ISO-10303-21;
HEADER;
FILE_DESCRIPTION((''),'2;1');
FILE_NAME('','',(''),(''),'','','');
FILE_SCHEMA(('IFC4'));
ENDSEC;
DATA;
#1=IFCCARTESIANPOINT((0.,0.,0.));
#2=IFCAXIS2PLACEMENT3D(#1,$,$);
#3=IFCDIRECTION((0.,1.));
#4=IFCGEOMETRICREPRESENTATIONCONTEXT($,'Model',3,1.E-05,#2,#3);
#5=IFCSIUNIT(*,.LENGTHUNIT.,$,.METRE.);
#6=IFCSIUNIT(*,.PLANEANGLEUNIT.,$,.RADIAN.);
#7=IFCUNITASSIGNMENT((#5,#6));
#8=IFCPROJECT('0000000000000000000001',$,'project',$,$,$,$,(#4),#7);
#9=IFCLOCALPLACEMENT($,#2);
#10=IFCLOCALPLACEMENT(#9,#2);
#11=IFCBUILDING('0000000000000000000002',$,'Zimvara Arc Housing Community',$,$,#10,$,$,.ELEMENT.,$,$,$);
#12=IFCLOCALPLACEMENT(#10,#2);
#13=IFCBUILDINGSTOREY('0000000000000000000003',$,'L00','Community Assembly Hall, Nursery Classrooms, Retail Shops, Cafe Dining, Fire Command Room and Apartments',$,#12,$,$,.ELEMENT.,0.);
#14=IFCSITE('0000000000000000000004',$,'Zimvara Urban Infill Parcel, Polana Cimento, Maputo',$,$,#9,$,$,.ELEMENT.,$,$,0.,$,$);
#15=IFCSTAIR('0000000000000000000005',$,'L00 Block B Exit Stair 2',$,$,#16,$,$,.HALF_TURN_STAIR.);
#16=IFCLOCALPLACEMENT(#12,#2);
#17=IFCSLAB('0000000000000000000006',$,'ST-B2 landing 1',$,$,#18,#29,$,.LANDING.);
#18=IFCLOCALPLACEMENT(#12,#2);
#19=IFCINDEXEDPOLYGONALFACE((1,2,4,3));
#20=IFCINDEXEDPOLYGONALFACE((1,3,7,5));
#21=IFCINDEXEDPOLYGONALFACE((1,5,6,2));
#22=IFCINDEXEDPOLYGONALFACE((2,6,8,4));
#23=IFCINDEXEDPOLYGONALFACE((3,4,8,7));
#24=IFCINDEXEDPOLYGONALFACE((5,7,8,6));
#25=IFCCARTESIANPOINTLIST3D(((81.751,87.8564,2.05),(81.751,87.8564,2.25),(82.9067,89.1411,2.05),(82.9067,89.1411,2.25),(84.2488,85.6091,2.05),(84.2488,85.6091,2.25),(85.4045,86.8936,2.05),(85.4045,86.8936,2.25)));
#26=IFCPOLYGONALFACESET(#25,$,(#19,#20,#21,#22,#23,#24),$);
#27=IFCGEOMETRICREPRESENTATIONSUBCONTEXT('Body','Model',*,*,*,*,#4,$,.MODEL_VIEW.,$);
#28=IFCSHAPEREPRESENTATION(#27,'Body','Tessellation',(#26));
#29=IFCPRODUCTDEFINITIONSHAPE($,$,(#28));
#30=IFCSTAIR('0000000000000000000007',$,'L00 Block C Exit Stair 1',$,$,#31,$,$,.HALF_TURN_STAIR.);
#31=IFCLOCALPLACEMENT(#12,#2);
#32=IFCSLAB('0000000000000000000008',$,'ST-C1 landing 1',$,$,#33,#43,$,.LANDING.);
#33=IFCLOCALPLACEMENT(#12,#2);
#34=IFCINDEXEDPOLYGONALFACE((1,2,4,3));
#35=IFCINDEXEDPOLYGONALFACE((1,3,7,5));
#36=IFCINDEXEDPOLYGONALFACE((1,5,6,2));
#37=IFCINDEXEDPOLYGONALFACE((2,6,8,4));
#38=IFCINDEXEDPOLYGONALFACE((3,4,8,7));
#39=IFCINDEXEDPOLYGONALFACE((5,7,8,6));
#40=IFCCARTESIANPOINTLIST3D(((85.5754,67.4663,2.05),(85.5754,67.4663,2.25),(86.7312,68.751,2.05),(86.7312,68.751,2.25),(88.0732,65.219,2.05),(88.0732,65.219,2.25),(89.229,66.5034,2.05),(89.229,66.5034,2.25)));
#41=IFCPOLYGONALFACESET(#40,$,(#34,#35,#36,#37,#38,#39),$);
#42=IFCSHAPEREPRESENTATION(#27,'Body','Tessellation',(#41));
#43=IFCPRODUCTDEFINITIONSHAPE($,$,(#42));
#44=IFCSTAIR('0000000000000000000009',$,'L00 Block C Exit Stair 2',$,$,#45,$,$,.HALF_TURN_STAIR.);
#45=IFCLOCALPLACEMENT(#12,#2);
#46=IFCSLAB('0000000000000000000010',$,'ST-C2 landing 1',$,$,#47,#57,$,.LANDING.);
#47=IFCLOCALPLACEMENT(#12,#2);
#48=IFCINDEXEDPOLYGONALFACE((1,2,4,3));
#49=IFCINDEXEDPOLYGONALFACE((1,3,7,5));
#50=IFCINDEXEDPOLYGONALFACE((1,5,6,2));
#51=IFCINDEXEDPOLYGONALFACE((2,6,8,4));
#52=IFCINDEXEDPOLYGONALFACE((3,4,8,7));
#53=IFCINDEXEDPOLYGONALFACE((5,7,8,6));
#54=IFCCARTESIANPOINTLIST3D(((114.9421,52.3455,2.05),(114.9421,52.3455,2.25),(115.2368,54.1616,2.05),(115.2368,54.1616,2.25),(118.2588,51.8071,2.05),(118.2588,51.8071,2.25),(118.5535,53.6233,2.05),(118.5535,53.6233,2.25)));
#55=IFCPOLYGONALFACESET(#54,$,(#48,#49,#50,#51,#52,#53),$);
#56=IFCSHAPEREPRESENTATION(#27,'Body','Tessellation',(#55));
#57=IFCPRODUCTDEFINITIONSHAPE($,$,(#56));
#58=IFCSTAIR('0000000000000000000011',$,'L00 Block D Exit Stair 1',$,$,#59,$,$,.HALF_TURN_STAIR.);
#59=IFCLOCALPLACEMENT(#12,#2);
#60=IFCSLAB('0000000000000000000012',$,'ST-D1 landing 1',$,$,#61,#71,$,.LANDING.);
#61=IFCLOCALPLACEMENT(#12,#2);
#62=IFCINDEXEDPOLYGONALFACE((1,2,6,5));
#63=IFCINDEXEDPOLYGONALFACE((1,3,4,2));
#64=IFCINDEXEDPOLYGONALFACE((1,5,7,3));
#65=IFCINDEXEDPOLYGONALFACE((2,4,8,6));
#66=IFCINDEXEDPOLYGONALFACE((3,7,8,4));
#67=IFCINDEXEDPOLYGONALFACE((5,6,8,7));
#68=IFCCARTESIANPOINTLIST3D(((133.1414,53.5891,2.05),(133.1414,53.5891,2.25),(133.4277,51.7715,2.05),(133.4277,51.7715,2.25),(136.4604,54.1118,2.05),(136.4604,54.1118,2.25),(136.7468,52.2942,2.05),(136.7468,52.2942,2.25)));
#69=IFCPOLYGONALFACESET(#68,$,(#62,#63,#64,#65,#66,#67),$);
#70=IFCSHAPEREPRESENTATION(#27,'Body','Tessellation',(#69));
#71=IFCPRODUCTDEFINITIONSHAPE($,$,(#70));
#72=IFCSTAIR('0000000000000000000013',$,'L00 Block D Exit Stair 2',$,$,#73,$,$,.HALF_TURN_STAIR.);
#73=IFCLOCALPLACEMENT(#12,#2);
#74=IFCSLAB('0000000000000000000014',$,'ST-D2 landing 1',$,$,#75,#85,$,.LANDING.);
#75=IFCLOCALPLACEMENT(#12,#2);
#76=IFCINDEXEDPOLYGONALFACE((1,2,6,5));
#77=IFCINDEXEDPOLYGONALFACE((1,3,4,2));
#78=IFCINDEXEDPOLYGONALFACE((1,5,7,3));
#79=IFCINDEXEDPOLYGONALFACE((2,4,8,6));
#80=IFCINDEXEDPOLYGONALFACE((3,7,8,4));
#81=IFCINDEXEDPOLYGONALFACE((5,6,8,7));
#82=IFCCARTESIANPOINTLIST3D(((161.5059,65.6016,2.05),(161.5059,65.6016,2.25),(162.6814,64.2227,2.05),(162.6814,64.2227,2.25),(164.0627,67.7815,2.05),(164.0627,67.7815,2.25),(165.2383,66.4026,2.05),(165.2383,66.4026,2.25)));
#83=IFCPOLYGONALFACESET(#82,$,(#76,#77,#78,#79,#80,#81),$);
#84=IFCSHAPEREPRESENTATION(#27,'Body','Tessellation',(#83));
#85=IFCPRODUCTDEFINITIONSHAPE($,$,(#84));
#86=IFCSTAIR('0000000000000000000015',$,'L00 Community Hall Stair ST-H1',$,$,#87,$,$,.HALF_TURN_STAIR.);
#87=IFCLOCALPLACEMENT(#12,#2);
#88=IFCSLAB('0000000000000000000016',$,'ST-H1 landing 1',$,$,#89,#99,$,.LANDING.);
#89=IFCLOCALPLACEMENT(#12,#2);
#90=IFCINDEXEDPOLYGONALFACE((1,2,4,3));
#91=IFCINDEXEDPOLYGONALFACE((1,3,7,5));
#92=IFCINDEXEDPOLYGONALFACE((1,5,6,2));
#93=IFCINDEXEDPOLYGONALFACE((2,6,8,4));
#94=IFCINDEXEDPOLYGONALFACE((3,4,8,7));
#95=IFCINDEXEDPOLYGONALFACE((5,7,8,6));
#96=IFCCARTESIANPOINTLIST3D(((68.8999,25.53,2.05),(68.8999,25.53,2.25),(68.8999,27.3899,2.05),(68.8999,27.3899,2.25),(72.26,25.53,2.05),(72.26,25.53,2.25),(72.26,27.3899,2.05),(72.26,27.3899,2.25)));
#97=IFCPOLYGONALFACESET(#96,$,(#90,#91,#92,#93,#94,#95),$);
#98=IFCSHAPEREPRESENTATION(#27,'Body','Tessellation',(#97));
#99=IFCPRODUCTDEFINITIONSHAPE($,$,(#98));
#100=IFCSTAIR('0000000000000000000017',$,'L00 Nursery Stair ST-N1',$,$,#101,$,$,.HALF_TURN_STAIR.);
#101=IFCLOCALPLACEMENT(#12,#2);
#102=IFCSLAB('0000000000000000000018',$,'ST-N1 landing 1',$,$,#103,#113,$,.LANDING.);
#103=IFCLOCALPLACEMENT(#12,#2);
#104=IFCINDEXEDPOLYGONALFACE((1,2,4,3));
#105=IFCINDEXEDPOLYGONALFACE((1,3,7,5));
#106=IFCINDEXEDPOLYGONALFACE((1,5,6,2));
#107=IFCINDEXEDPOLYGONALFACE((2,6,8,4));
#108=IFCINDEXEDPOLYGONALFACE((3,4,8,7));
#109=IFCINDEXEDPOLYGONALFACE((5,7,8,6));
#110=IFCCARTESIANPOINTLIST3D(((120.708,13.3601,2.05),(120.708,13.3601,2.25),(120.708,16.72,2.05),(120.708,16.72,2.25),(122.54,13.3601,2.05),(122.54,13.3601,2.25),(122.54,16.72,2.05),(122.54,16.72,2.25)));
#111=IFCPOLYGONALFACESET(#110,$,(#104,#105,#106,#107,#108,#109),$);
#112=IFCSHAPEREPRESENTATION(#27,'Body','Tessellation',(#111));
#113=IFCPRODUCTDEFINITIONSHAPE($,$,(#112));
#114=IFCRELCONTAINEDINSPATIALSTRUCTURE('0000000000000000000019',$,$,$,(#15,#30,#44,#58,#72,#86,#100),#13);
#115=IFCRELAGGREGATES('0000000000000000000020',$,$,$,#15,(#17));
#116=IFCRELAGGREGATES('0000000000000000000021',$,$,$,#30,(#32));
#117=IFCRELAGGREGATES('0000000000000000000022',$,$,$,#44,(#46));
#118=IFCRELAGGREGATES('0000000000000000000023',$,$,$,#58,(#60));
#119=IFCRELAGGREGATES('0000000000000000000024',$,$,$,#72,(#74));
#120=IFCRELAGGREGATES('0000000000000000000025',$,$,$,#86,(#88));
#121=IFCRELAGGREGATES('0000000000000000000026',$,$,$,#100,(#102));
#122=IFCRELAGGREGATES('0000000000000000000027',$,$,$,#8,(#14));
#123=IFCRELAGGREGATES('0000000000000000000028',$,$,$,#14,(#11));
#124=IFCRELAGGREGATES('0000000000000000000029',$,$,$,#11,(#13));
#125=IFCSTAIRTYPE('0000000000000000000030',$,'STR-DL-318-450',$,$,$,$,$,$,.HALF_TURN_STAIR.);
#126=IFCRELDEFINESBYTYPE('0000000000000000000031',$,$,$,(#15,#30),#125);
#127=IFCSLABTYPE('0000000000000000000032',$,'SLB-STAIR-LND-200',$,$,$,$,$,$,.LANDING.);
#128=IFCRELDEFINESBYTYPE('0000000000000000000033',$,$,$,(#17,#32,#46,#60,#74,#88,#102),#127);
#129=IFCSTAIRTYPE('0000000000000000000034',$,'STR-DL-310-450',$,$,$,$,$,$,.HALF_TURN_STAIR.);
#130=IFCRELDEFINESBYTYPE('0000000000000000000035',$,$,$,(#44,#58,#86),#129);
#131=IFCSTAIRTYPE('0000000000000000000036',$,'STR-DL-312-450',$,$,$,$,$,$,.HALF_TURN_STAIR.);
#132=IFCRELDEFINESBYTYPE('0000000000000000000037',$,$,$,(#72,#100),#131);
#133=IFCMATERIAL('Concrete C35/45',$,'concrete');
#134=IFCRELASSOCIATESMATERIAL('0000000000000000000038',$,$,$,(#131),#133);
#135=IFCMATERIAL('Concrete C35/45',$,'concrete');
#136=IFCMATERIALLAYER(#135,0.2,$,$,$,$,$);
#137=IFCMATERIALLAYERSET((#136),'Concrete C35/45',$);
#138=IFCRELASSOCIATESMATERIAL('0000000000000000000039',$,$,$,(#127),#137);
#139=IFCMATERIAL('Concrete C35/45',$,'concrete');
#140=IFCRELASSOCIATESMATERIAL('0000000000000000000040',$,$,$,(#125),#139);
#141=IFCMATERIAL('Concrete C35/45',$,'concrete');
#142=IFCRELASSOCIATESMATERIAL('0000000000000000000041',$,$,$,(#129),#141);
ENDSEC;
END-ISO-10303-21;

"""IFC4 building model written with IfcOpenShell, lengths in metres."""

from ifc_helpers import new_model, si_unit, direction, frame, origin, place, context, subcontext, project, spatial, polyline, outline, extrude, material, layer, layer_set, type_object, element, aggregate, save


model = new_model("IFC4")

# Units and contexts
model_context = context("Model", 3, precision=1e-05, world=origin(), true_north=direction((0.0, 1.0)))
body_context = subcontext(model_context, "Body", "Model", "MODEL_VIEW")
ifc_project = project(units=[si_unit("LENGTHUNIT", "METRE"), si_unit("PLANEANGLEUNIT", "RADIAN")], contexts=[model_context])

# Site, building, storey
site_placement = place(None, origin())
site = spatial("IfcSite", under=ifc_project, at=site_placement, Name="Zimvara Urban Infill Parcel, Polana Cimento, Maputo", CompositionType="ELEMENT", RefElevation=0.0)
building_placement = place(site_placement, origin())
building = spatial("IfcBuilding", under=site, at=building_placement, Name="Zimvara Arc Housing Community", CompositionType="ELEMENT")
storey_placement = place(building_placement, origin())
storey = spatial("IfcBuildingStorey", under=building, at=storey_placement, Name="L00", Description="Community Assembly Hall, Nursery Classrooms, Retail Shops, Cafe Dining, Fire Command Room and Apartments", CompositionType="ELEMENT", Elevation=0.0)

# Stairs, slabs
ifc_material_1 = material(Name="Concrete C35/45", Category="concrete")
stair_type_1 = type_object("IfcStairType", Name="STR-DL-312-450", PredefinedType="HALF_TURN_STAIR", material=ifc_material_1)
ifc_material_2 = material(Name="Concrete C35/45", Category="concrete")
ifc_layer_1 = layer(ifc_material_2, 0.2)
ifc_layer_set_1 = layer_set([ifc_layer_1], Name="Concrete C35/45")
slab_type_1 = type_object("IfcSlabType", Name="SLB-STAIR-LND-200", PredefinedType="LANDING", material=ifc_layer_set_1)
ifc_material_3 = material(Name="Concrete C35/45", Category="concrete")
stair_type_2 = type_object("IfcStairType", Name="STR-DL-318-450", PredefinedType="HALF_TURN_STAIR", material=ifc_material_3)
stair_1_placement = place(storey_placement, origin())
stair_1 = element("IfcStair", 1, at=stair_1_placement, inside=storey, type_object=stair_type_2, Name="L00 Block B Exit Stair 2", PredefinedType="HALF_TURN_STAIR")
slab_1_placement = place(storey_placement, frame((0.0, 0.0, 2.05)))
slab_1 = element("IfcSlab", 2, at=slab_1_placement, type_object=slab_type_1, Name="ST-B2 landing 1", PredefinedType="LANDING", context=body_context, shape_type="SweptSolid", body=[
    extrude(outline(polyline([(84.2488, 85.6091), (85.4045, 86.8936), (82.9067, 89.1411), (81.751, 87.8564), (84.2488, 85.6091)])), origin(), (0.0, 0.0, 1.0), 0.2),
])
aggregate(stair_1, [slab_1])
stair_2_placement = place(storey_placement, origin())
stair_2 = element("IfcStair", 3, at=stair_2_placement, inside=storey, type_object=stair_type_2, Name="L00 Block C Exit Stair 1", PredefinedType="HALF_TURN_STAIR")
slab_2_placement = place(storey_placement, frame((0.0, 0.0, 2.05)))
slab_2 = element("IfcSlab", 4, at=slab_2_placement, type_object=slab_type_1, Name="ST-C1 landing 1", PredefinedType="LANDING", context=body_context, shape_type="SweptSolid", body=[
    extrude(outline(polyline([(86.7312, 68.751), (85.5754, 67.4663), (88.0732, 65.219), (89.229, 66.5034), (86.7312, 68.751)])), origin(), (0.0, 0.0, 1.0), 0.2),
])
aggregate(stair_2, [slab_2])
ifc_material_4 = material(Name="Concrete C35/45", Category="concrete")
stair_type_3 = type_object("IfcStairType", Name="STR-DL-310-450", PredefinedType="HALF_TURN_STAIR", material=ifc_material_4)
stair_3_placement = place(storey_placement, origin())
stair_3 = element("IfcStair", 5, at=stair_3_placement, inside=storey, type_object=stair_type_3, Name="L00 Block C Exit Stair 2", PredefinedType="HALF_TURN_STAIR")
slab_3_placement = place(storey_placement, frame((0.0, 0.0, 2.05)))
slab_3 = element("IfcSlab", 6, at=slab_3_placement, type_object=slab_type_1, Name="ST-C2 landing 1", PredefinedType="LANDING", context=body_context, shape_type="SweptSolid", body=[
    extrude(outline(polyline([(115.2368, 54.1616), (114.9421, 52.3455), (118.2588, 51.8071), (118.5535, 53.6233), (115.2368, 54.1616)])), origin(), (0.0, 0.0, 1.0), 0.2),
])
aggregate(stair_3, [slab_3])
stair_4_placement = place(storey_placement, origin())
stair_4 = element("IfcStair", 7, at=stair_4_placement, inside=storey, type_object=stair_type_3, Name="L00 Block D Exit Stair 1", PredefinedType="HALF_TURN_STAIR")
slab_4_placement = place(storey_placement, frame((0.0, 0.0, 2.05)))
slab_4 = element("IfcSlab", 8, at=slab_4_placement, type_object=slab_type_1, Name="ST-D1 landing 1", PredefinedType="LANDING", context=body_context, shape_type="SweptSolid", body=[
    extrude(outline(polyline([(133.1414, 53.5891), (133.4277, 51.7715), (136.7468, 52.2942), (136.4604, 54.1118), (133.1414, 53.5891)])), origin(), (0.0, 0.0, 1.0), 0.2),
])
aggregate(stair_4, [slab_4])
stair_5_placement = place(storey_placement, origin())
stair_5 = element("IfcStair", 9, at=stair_5_placement, inside=storey, type_object=stair_type_1, Name="L00 Block D Exit Stair 2", PredefinedType="HALF_TURN_STAIR")
slab_5_placement = place(storey_placement, frame((0.0, 0.0, 2.05)))
slab_5 = element("IfcSlab", 10, at=slab_5_placement, type_object=slab_type_1, Name="ST-D2 landing 1", PredefinedType="LANDING", context=body_context, shape_type="SweptSolid", body=[
    extrude(outline(polyline([(161.5059, 65.6016), (162.6814, 64.2227), (165.2383, 66.4026), (164.0627, 67.7815), (161.5059, 65.6016)])), origin(), (0.0, 0.0, 1.0), 0.2),
])
aggregate(stair_5, [slab_5])
stair_6_placement = place(storey_placement, origin())
stair_6 = element("IfcStair", 11, at=stair_6_placement, inside=storey, type_object=stair_type_3, Name="L00 Community Hall Stair ST-H1", PredefinedType="HALF_TURN_STAIR")
slab_6_placement = place(storey_placement, frame((0.0, 0.0, 2.05)))
slab_6 = element("IfcSlab", 12, at=slab_6_placement, type_object=slab_type_1, Name="ST-H1 landing 1", PredefinedType="LANDING", context=body_context, shape_type="SweptSolid", body=[
    extrude(outline(polyline([(72.26, 25.53), (72.26, 27.3899), (68.8999, 27.3899), (68.8999, 25.53), (72.26, 25.53)])), origin(), (0.0, 0.0, 1.0), 0.2),
])
aggregate(stair_6, [slab_6])
stair_7_placement = place(storey_placement, origin())
stair_7 = element("IfcStair", 13, at=stair_7_placement, inside=storey, type_object=stair_type_1, Name="L00 Nursery Stair ST-N1", PredefinedType="HALF_TURN_STAIR")
slab_7_placement = place(storey_placement, frame((0.0, 0.0, 2.05)))
slab_7 = element("IfcSlab", 14, at=slab_7_placement, type_object=slab_type_1, Name="ST-N1 landing 1", PredefinedType="LANDING", context=body_context, shape_type="SweptSolid", body=[
    extrude(outline(polyline([(120.708, 13.3601), (122.54, 13.3601), (122.54, 16.72), (120.708, 16.72), (120.708, 13.3601)])), origin(), (0.0, 0.0, 1.0), 0.2),
])
aggregate(stair_7, [slab_7])

save(model, "model.ifc")
